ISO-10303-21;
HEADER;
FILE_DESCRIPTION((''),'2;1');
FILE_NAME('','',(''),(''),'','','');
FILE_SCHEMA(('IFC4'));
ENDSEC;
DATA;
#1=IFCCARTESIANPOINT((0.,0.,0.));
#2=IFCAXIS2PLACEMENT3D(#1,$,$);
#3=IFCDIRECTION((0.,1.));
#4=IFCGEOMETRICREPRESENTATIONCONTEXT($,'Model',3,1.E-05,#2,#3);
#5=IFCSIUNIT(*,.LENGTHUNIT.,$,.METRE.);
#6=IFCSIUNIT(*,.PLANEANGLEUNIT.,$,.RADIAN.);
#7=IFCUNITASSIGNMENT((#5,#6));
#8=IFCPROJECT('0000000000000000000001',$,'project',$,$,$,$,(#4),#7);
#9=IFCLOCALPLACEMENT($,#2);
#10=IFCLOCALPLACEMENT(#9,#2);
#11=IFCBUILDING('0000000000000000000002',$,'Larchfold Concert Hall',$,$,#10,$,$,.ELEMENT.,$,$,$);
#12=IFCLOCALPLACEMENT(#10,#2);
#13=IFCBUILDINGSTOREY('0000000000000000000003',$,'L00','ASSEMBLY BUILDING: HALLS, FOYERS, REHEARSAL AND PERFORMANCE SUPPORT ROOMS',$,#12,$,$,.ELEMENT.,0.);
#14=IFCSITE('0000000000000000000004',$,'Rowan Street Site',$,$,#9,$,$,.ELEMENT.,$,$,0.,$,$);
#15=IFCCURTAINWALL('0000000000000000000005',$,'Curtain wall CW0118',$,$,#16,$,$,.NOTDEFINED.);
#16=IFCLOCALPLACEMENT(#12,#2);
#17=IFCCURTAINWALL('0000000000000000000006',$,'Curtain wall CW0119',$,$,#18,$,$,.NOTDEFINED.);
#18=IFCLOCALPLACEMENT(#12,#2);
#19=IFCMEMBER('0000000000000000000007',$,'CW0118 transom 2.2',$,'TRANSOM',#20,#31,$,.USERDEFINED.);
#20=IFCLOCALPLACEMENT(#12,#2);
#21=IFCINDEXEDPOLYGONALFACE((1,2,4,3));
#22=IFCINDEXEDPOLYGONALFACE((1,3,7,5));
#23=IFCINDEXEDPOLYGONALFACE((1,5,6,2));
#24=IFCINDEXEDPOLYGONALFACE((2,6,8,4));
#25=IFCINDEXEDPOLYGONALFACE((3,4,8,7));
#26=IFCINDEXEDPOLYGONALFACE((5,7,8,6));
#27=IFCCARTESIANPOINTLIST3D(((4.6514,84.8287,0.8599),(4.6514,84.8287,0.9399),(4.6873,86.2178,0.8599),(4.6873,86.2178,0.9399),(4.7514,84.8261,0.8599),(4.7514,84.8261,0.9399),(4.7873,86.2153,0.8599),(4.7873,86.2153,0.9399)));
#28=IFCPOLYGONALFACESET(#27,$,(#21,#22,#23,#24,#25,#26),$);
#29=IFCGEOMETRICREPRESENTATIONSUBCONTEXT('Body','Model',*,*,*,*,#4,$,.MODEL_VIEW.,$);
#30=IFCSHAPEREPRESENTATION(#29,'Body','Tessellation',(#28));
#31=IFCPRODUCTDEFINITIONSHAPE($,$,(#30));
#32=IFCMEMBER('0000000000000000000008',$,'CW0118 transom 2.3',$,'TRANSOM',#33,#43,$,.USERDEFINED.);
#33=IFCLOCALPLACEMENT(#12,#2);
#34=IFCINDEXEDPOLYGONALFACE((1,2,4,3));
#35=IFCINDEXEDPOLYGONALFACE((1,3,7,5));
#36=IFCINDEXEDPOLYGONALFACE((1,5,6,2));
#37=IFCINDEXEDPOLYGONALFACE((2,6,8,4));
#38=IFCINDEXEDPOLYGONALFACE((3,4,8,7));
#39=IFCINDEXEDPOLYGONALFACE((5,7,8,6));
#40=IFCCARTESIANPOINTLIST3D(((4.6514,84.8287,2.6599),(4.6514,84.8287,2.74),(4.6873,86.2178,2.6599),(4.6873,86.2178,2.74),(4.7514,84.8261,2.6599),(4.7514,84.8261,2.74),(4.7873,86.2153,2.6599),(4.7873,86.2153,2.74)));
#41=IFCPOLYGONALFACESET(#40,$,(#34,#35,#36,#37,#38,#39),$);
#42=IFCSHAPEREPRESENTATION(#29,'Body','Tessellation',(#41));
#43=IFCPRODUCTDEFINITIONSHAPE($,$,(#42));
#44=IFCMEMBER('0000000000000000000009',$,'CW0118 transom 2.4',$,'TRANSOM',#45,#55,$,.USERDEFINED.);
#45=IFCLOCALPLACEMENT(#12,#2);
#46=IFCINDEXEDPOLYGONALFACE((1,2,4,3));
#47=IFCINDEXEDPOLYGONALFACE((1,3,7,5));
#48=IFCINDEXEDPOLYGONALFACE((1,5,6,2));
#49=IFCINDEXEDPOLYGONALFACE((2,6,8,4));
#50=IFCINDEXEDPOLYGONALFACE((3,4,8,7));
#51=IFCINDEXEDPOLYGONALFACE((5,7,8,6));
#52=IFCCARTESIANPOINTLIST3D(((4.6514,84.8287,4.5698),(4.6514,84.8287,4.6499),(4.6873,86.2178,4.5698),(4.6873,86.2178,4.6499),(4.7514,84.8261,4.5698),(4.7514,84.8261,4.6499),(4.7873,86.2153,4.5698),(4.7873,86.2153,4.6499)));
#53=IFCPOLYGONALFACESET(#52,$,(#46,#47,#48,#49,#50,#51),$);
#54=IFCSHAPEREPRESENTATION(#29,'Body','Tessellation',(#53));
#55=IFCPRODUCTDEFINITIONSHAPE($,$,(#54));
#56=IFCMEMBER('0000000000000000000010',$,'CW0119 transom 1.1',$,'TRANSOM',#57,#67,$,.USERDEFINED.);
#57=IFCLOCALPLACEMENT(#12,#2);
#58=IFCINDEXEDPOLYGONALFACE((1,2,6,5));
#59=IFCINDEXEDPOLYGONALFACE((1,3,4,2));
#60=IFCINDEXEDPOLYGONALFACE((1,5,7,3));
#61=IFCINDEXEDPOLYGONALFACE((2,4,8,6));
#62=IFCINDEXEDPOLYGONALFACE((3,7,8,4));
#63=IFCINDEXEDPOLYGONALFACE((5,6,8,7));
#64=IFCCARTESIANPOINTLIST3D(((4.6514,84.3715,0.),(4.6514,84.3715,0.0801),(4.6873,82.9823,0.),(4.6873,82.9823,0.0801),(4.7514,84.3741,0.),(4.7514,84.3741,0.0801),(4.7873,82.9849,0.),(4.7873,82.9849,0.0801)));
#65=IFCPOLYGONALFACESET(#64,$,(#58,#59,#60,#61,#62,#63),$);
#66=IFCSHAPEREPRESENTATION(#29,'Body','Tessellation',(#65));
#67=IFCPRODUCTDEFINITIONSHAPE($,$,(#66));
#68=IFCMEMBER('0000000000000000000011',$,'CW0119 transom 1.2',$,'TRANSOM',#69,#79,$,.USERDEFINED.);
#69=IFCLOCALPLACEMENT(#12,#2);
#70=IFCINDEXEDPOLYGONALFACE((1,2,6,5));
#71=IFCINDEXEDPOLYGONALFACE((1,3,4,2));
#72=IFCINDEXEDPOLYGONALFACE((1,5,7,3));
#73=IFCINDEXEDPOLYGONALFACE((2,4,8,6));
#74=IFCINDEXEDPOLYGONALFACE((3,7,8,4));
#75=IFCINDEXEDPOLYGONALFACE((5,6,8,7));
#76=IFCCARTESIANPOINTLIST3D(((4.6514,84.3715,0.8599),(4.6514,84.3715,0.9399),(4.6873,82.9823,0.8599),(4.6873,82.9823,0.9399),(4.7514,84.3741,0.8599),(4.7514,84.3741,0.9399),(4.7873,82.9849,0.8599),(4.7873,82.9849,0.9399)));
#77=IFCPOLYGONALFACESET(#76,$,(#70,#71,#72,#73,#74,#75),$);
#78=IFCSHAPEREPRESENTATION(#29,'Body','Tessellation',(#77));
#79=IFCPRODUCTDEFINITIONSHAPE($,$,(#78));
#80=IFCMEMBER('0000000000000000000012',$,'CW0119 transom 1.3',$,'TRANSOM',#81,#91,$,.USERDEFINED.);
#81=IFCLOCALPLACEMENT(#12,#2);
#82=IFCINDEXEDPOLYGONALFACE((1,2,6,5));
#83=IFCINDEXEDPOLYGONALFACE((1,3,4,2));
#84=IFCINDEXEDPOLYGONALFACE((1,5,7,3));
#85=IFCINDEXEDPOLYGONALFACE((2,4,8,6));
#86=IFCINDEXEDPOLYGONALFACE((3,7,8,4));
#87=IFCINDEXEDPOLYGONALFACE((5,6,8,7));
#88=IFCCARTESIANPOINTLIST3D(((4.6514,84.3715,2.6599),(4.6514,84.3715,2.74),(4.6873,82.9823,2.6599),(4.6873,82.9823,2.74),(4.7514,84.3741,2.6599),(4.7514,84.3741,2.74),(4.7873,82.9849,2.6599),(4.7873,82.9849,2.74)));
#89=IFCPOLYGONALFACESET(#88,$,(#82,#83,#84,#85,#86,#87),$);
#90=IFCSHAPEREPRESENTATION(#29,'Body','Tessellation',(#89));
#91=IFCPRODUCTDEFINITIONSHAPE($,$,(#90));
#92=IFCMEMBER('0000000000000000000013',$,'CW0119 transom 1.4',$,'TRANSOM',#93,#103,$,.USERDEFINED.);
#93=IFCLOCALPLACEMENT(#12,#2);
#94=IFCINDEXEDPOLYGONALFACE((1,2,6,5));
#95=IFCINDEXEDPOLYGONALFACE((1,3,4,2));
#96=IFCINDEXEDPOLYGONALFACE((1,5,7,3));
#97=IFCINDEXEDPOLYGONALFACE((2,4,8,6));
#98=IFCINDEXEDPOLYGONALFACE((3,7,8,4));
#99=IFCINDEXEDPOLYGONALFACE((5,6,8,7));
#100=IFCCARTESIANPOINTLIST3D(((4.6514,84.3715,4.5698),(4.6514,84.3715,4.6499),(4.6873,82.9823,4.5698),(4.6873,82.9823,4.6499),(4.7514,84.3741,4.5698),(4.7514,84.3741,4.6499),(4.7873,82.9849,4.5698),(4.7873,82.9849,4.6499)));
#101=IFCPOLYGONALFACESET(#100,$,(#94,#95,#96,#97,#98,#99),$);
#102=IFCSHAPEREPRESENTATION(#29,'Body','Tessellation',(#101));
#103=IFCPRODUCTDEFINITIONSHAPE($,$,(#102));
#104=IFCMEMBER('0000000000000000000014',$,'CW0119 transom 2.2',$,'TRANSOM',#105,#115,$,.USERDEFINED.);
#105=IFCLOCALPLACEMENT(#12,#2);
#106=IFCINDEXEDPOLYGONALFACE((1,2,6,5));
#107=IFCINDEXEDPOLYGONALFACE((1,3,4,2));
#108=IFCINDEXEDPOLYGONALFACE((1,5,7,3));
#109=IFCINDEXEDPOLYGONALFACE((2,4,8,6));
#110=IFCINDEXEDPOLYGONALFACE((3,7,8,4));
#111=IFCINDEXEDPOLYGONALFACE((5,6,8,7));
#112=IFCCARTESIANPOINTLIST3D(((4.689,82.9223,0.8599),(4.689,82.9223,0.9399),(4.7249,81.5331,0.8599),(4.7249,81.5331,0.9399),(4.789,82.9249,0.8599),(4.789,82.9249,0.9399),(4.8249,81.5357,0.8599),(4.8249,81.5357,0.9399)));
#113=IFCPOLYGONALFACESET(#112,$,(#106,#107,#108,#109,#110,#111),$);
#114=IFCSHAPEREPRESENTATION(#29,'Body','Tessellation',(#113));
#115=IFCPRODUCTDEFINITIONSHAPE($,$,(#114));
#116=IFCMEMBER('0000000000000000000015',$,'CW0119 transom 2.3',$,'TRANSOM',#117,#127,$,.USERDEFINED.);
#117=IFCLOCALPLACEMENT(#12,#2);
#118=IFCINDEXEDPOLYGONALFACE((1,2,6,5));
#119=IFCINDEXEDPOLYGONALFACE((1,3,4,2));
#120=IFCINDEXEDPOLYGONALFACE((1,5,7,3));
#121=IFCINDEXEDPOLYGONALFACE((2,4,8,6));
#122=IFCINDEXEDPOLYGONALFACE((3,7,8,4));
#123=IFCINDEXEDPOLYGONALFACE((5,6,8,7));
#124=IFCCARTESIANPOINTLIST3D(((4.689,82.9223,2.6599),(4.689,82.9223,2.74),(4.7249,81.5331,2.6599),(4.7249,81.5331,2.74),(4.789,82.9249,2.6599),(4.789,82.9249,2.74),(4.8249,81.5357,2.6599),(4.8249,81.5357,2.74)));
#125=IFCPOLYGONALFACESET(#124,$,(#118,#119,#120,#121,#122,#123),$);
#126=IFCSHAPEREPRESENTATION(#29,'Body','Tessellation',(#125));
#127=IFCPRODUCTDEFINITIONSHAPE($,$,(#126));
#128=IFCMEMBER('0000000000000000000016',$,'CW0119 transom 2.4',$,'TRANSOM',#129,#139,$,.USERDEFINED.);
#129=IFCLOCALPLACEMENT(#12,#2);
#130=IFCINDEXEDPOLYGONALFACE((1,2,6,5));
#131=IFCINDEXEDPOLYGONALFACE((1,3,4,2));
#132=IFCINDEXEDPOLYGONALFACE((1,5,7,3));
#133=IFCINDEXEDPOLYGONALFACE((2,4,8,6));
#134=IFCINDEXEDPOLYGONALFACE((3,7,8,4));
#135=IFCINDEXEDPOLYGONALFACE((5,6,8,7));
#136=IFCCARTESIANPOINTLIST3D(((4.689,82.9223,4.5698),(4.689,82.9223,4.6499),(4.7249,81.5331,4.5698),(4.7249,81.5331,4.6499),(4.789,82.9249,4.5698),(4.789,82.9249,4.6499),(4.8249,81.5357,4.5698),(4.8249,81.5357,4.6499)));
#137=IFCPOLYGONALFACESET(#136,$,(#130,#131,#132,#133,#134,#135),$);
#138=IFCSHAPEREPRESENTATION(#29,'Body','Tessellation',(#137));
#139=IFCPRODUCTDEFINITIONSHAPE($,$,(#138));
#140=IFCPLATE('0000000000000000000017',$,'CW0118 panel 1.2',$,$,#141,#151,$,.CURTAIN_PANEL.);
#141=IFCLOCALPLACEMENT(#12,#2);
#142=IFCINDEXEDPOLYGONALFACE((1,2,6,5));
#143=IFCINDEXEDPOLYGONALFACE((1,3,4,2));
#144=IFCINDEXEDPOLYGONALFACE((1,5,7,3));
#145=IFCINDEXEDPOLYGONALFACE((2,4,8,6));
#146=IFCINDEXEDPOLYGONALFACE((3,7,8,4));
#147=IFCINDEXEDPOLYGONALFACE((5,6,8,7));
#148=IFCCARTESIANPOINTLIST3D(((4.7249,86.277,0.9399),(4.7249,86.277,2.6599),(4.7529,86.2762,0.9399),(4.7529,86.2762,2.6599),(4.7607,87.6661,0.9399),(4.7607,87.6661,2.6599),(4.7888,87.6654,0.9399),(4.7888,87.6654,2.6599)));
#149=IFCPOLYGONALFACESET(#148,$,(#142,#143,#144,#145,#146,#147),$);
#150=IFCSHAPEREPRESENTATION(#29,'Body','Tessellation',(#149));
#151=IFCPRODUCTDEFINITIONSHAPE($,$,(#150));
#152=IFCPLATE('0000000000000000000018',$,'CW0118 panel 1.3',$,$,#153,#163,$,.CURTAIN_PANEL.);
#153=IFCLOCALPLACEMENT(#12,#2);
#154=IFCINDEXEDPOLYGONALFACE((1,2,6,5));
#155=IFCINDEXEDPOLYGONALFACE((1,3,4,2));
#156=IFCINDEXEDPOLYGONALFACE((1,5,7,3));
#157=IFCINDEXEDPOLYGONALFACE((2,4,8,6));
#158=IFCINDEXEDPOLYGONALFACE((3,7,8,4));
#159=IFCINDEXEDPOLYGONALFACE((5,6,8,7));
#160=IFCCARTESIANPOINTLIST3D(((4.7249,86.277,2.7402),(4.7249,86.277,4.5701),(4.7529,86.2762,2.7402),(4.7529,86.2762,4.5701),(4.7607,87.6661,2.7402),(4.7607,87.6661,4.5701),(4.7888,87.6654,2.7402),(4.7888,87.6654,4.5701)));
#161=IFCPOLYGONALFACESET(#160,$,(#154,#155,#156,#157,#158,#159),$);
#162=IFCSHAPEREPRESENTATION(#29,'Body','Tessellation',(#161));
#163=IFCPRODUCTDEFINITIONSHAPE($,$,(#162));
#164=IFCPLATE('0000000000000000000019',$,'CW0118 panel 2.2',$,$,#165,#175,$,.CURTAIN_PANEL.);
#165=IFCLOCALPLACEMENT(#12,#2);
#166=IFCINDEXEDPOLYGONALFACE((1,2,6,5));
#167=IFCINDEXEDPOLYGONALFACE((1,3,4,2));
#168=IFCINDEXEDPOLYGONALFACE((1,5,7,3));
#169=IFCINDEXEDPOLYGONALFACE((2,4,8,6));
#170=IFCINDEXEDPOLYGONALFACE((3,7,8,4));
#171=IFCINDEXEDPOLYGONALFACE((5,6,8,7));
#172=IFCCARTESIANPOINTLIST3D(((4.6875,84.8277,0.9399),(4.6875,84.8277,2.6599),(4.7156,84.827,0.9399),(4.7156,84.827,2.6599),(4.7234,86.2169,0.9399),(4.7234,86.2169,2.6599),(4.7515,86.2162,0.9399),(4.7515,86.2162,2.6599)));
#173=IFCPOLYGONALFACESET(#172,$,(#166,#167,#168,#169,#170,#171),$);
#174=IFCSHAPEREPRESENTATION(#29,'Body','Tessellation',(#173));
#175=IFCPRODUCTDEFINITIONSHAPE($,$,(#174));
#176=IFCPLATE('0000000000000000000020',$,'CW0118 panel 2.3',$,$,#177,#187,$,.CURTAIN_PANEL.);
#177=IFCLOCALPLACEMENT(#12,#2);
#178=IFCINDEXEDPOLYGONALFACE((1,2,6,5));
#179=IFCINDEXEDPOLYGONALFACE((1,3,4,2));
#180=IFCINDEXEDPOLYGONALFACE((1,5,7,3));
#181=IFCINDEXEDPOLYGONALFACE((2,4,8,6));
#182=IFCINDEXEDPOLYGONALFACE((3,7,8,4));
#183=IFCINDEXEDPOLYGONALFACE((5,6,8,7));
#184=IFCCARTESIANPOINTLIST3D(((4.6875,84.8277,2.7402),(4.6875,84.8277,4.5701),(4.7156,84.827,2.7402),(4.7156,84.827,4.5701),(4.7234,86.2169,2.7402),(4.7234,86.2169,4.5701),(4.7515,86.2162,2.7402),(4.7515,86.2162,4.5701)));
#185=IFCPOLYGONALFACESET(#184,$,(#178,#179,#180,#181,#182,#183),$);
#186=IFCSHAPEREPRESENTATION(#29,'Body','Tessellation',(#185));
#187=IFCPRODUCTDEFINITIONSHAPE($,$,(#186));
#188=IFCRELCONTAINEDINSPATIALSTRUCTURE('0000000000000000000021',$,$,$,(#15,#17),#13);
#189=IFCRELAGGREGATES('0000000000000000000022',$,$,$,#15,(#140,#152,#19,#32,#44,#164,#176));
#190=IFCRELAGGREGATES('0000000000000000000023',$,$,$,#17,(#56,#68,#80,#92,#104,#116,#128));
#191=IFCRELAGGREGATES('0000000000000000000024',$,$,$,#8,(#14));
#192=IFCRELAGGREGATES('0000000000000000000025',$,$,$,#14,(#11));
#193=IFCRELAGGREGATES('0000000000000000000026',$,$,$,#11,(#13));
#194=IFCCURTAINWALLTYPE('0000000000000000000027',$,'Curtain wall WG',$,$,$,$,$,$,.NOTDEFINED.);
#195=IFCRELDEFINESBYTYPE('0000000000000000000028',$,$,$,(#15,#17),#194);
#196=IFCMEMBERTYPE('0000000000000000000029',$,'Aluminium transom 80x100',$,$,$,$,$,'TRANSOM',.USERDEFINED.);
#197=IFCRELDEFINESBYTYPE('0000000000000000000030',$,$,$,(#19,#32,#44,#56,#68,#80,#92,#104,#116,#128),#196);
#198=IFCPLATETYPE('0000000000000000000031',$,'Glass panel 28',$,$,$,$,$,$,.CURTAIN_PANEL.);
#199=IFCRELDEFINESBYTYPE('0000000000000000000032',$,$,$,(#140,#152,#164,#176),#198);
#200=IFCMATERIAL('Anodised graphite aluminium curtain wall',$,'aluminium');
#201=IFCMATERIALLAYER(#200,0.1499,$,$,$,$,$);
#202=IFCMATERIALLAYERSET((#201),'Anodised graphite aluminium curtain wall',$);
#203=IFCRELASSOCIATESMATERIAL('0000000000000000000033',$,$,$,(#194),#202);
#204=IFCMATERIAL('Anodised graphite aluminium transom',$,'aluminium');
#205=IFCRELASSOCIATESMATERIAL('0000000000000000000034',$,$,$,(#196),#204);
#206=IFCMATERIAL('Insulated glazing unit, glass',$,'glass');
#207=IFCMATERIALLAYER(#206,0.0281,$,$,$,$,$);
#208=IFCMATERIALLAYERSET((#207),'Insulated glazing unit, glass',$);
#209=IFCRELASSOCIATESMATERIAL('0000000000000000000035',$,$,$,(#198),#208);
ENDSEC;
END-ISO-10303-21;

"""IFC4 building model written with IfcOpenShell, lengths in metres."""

from ifc_helpers import new_model, si_unit, direction, frame, origin, origin_2d, place, context, subcontext, project, spatial, rectangle, extrude, material, layer, layer_set, material_profile, profile_set, type_object, element, aggregate, save


model = new_model("IFC4")

# Units and contexts
model_context = context("Model", 3, precision=1e-05, world=origin(), true_north=direction((0.0, 1.0)))
body_context = subcontext(model_context, "Body", "Model", "MODEL_VIEW")
ifc_project = project(units=[si_unit("LENGTHUNIT", "METRE"), si_unit("PLANEANGLEUNIT", "RADIAN")], contexts=[model_context])

# Site, building, storey
site_placement = place(None, origin())
site = spatial("IfcSite", under=ifc_project, at=site_placement, Name="Rowan Street Site", CompositionType="ELEMENT", RefElevation=0.0)
building_placement = place(site_placement, origin())
building = spatial("IfcBuilding", under=site, at=building_placement, Name="Larchfold Concert Hall", CompositionType="ELEMENT")
storey_placement = place(building_placement, origin())
storey = spatial("IfcBuildingStorey", under=building, at=storey_placement, Name="L00", Description="ASSEMBLY BUILDING: HALLS, FOYERS, REHEARSAL AND PERFORMANCE SUPPORT ROOMS", CompositionType="ELEMENT", Elevation=0.0)

# Shared definitions
ifc_material_1 = material(Name="Anodised graphite aluminium curtain wall", Category="aluminium")
ifc_layer_1 = layer(ifc_material_1, 0.1499)
ifc_layer_set_1 = layer_set([ifc_layer_1], Name="Anodised graphite aluminium curtain wall")
curtain_wall_type = type_object("IfcCurtainWallType", Name="Curtain wall WG", PredefinedType="NOTDEFINED", material=ifc_layer_set_1)

# Curtain walls
curtain_wall_1_placement = place(storey_placement, origin())
curtain_wall_1 = element("IfcCurtainWall", 1, at=curtain_wall_1_placement, inside=storey, type_object=curtain_wall_type, Name="Curtain wall CW0118", PredefinedType="NOTDEFINED")
curtain_wall_2_placement = place(storey_placement, origin())
curtain_wall_2 = element("IfcCurtainWall", 2, at=curtain_wall_2_placement, inside=storey, type_object=curtain_wall_type, Name="Curtain wall CW0119", PredefinedType="NOTDEFINED")

# Members
ifc_material_2 = material(Name="Anodised graphite aluminium transom", Category="aluminium")
ifc_material_profile_1 = material_profile(ifc_material_2, rectangle(XDim=0.1001, YDim=0.0801, at=origin_2d()))
ifc_profile_set_1 = profile_set([ifc_material_profile_1], Name="Anodised graphite aluminium transom")
member_type_1 = type_object("IfcMemberType", Name="Aluminium transom 80x100", ElementType="TRANSOM", PredefinedType="USERDEFINED", material=ifc_profile_set_1)
member_1_placement = place(storey_placement, frame((4.7373, 86.2166, 0.8999), z_axis=(-0.025826, -0.999666, 0.0), x_axis=(0.999666, -0.025826, 0.0)))
member_1 = element("IfcMember", 3, at=member_1_placement, type_object=member_type_1, Name="CW0118 transom 2.2", ObjectType="TRANSOM", PredefinedType="USERDEFINED", context=body_context, shape_type="SweptSolid", body=[
    extrude(rectangle(XDim=0.1001, YDim=0.0801, at=origin_2d()), origin(), (0.0, 0.0, 1.0), 1.3896),
])
member_2_placement = place(storey_placement, frame((4.7373, 86.2166, 2.7), z_axis=(-0.025826, -0.999666, 0.0), x_axis=(0.999666, -0.025826, 0.0)))
member_2 = element("IfcMember", 4, at=member_2_placement, type_object=member_type_1, Name="CW0118 transom 2.3", ObjectType="TRANSOM", PredefinedType="USERDEFINED", context=body_context, shape_type="SweptSolid", body=[
    extrude(rectangle(XDim=0.1001, YDim=0.0801, at=origin_2d()), origin(), (0.0, 0.0, 1.0), 1.3896),
])
member_3_placement = place(storey_placement, frame((4.7373, 86.2166, 4.6099), z_axis=(-0.025826, -0.999666, 0.0), x_axis=(0.999666, -0.025826, 0.0)))
member_3 = element("IfcMember", 5, at=member_3_placement, type_object=member_type_1, Name="CW0118 transom 2.4", ObjectType="TRANSOM", PredefinedType="USERDEFINED", context=body_context, shape_type="SweptSolid", body=[
    extrude(rectangle(XDim=0.1001, YDim=0.0801, at=origin_2d()), origin(), (0.0, 0.0, 1.0), 1.3896),
])
member_4_placement = place(storey_placement, frame((4.7014, 84.3728, 0.04), z_axis=(0.025826, -0.999666, 0.0), x_axis=(0.999666, 0.025826, 0.0)))
member_4 = element("IfcMember", 6, at=member_4_placement, type_object=member_type_1, Name="CW0119 transom 1.1", ObjectType="TRANSOM", PredefinedType="USERDEFINED", context=body_context, shape_type="SweptSolid", body=[
    extrude(rectangle(XDim=0.1001, YDim=0.0801, at=origin_2d()), origin(), (0.0, 0.0, 1.0), 1.3896),
])
member_5_placement = place(storey_placement, frame((4.7014, 84.3728, 0.8999), z_axis=(0.025826, -0.999666, 0.0), x_axis=(0.999666, 0.025826, 0.0)))
member_5 = element("IfcMember", 7, at=member_5_placement, type_object=member_type_1, Name="CW0119 transom 1.2", ObjectType="TRANSOM", PredefinedType="USERDEFINED", context=body_context, shape_type="SweptSolid", body=[
    extrude(rectangle(XDim=0.1001, YDim=0.0801, at=origin_2d()), origin(), (0.0, 0.0, 1.0), 1.3896),
])
member_6_placement = place(storey_placement, frame((4.7014, 84.3728, 2.7), z_axis=(0.025826, -0.999666, 0.0), x_axis=(0.999666, 0.025826, 0.0)))
member_6 = element("IfcMember", 8, at=member_6_placement, type_object=member_type_1, Name="CW0119 transom 1.3", ObjectType="TRANSOM", PredefinedType="USERDEFINED", context=body_context, shape_type="SweptSolid", body=[
    extrude(rectangle(XDim=0.1001, YDim=0.0801, at=origin_2d()), origin(), (0.0, 0.0, 1.0), 1.3896),
])
member_7_placement = place(storey_placement, frame((4.7014, 84.3728, 4.6099), z_axis=(0.025826, -0.999666, 0.0), x_axis=(0.999666, 0.025826, 0.0)))
member_7 = element("IfcMember", 9, at=member_7_placement, type_object=member_type_1, Name="CW0119 transom 1.4", ObjectType="TRANSOM", PredefinedType="USERDEFINED", context=body_context, shape_type="SweptSolid", body=[
    extrude(rectangle(XDim=0.1001, YDim=0.0801, at=origin_2d()), origin(), (0.0, 0.0, 1.0), 1.3896),
])
member_8_placement = place(storey_placement, frame((4.739, 82.9236, 0.8999), z_axis=(0.025826, -0.999666, 0.0), x_axis=(0.999666, 0.025826, 0.0)))
member_8 = element("IfcMember", 10, at=member_8_placement, type_object=member_type_1, Name="CW0119 transom 2.2", ObjectType="TRANSOM", PredefinedType="USERDEFINED", context=body_context, shape_type="SweptSolid", body=[
    extrude(rectangle(XDim=0.1001, YDim=0.0801, at=origin_2d()), origin(), (0.0, 0.0, 1.0), 1.3896),
])
member_9_placement = place(storey_placement, frame((4.739, 82.9236, 2.7), z_axis=(0.025826, -0.999666, 0.0), x_axis=(0.999666, 0.025826, 0.0)))
member_9 = element("IfcMember", 11, at=member_9_placement, type_object=member_type_1, Name="CW0119 transom 2.3", ObjectType="TRANSOM", PredefinedType="USERDEFINED", context=body_context, shape_type="SweptSolid", body=[
    extrude(rectangle(XDim=0.1001, YDim=0.0801, at=origin_2d()), origin(), (0.0, 0.0, 1.0), 1.3896),
])
member_10_placement = place(storey_placement, frame((4.739, 82.9236, 4.6099), z_axis=(0.025826, -0.999666, 0.0), x_axis=(0.999666, 0.025826, 0.0)))
member_10 = element("IfcMember", 12, at=member_10_placement, type_object=member_type_1, Name="CW0119 transom 2.4", ObjectType="TRANSOM", PredefinedType="USERDEFINED", context=body_context, shape_type="SweptSolid", body=[
    extrude(rectangle(XDim=0.1001, YDim=0.0801, at=origin_2d()), origin(), (0.0, 0.0, 1.0), 1.3896),
])

# Plates
ifc_material_3 = material(Name="Insulated glazing unit, glass", Category="glass")
ifc_layer_2 = layer(ifc_material_3, 0.0281)
ifc_layer_set_2 = layer_set([ifc_layer_2], Name="Insulated glazing unit, glass")
plate_type_1 = type_object("IfcPlateType", Name="Glass panel 28", PredefinedType="CURTAIN_PANEL", material=ifc_layer_set_2)
plate_1_placement = place(storey_placement, frame((4.7568, 86.9712, 0.9399), z_axis=(0.0, 0.0, 1.0), x_axis=(-0.025821, -0.999667, 0.0)))
plate_1 = element("IfcPlate", 13, at=plate_1_placement, type_object=plate_type_1, Name="CW0118 panel 1.2", PredefinedType="CURTAIN_PANEL", context=body_context, shape_type="SweptSolid", body=[
    extrude(rectangle(XDim=1.3896, YDim=0.0281, at=origin_2d()), origin(), (0.0, 0.0, 1.0), 1.72),
])
plate_2_placement = place(storey_placement, frame((4.7568, 86.9712, 2.7402), z_axis=(0.0, 0.0, 1.0), x_axis=(-0.025821, -0.999667, 0.0)))
plate_2 = element("IfcPlate", 14, at=plate_2_placement, type_object=plate_type_1, Name="CW0118 panel 1.3", PredefinedType="CURTAIN_PANEL", context=body_context, shape_type="SweptSolid", body=[
    extrude(rectangle(XDim=1.3896, YDim=0.0281, at=origin_2d()), origin(), (0.0, 0.0, 1.0), 1.8298),
])
plate_3_placement = place(storey_placement, frame((4.7195, 85.522, 0.9399), z_axis=(0.0, 0.0, 1.0), x_axis=(-0.025821, -0.999667, 0.0)))
plate_3 = element("IfcPlate", 15, at=plate_3_placement, type_object=plate_type_1, Name="CW0118 panel 2.2", PredefinedType="CURTAIN_PANEL", context=body_context, shape_type="SweptSolid", body=[
    extrude(rectangle(XDim=1.3896, YDim=0.0281, at=origin_2d()), origin(), (0.0, 0.0, 1.0), 1.72),
])
plate_4_placement = place(storey_placement, frame((4.7195, 85.522, 2.7402), z_axis=(0.0, 0.0, 1.0), x_axis=(-0.025821, -0.999667, 0.0)))
plate_4 = element("IfcPlate", 16, at=plate_4_placement, type_object=plate_type_1, Name="CW0118 panel 2.3", PredefinedType="CURTAIN_PANEL", context=body_context, shape_type="SweptSolid", body=[
    extrude(rectangle(XDim=1.3896, YDim=0.0281, at=origin_2d()), origin(), (0.0, 0.0, 1.0), 1.8298),
])
aggregate(curtain_wall_1, [plate_1, plate_2, member_1, member_2, member_3, plate_3, plate_4])
aggregate(curtain_wall_2, [member_4, member_5, member_6, member_7, member_8, member_9, member_10])

save(model, "model.ifc")
